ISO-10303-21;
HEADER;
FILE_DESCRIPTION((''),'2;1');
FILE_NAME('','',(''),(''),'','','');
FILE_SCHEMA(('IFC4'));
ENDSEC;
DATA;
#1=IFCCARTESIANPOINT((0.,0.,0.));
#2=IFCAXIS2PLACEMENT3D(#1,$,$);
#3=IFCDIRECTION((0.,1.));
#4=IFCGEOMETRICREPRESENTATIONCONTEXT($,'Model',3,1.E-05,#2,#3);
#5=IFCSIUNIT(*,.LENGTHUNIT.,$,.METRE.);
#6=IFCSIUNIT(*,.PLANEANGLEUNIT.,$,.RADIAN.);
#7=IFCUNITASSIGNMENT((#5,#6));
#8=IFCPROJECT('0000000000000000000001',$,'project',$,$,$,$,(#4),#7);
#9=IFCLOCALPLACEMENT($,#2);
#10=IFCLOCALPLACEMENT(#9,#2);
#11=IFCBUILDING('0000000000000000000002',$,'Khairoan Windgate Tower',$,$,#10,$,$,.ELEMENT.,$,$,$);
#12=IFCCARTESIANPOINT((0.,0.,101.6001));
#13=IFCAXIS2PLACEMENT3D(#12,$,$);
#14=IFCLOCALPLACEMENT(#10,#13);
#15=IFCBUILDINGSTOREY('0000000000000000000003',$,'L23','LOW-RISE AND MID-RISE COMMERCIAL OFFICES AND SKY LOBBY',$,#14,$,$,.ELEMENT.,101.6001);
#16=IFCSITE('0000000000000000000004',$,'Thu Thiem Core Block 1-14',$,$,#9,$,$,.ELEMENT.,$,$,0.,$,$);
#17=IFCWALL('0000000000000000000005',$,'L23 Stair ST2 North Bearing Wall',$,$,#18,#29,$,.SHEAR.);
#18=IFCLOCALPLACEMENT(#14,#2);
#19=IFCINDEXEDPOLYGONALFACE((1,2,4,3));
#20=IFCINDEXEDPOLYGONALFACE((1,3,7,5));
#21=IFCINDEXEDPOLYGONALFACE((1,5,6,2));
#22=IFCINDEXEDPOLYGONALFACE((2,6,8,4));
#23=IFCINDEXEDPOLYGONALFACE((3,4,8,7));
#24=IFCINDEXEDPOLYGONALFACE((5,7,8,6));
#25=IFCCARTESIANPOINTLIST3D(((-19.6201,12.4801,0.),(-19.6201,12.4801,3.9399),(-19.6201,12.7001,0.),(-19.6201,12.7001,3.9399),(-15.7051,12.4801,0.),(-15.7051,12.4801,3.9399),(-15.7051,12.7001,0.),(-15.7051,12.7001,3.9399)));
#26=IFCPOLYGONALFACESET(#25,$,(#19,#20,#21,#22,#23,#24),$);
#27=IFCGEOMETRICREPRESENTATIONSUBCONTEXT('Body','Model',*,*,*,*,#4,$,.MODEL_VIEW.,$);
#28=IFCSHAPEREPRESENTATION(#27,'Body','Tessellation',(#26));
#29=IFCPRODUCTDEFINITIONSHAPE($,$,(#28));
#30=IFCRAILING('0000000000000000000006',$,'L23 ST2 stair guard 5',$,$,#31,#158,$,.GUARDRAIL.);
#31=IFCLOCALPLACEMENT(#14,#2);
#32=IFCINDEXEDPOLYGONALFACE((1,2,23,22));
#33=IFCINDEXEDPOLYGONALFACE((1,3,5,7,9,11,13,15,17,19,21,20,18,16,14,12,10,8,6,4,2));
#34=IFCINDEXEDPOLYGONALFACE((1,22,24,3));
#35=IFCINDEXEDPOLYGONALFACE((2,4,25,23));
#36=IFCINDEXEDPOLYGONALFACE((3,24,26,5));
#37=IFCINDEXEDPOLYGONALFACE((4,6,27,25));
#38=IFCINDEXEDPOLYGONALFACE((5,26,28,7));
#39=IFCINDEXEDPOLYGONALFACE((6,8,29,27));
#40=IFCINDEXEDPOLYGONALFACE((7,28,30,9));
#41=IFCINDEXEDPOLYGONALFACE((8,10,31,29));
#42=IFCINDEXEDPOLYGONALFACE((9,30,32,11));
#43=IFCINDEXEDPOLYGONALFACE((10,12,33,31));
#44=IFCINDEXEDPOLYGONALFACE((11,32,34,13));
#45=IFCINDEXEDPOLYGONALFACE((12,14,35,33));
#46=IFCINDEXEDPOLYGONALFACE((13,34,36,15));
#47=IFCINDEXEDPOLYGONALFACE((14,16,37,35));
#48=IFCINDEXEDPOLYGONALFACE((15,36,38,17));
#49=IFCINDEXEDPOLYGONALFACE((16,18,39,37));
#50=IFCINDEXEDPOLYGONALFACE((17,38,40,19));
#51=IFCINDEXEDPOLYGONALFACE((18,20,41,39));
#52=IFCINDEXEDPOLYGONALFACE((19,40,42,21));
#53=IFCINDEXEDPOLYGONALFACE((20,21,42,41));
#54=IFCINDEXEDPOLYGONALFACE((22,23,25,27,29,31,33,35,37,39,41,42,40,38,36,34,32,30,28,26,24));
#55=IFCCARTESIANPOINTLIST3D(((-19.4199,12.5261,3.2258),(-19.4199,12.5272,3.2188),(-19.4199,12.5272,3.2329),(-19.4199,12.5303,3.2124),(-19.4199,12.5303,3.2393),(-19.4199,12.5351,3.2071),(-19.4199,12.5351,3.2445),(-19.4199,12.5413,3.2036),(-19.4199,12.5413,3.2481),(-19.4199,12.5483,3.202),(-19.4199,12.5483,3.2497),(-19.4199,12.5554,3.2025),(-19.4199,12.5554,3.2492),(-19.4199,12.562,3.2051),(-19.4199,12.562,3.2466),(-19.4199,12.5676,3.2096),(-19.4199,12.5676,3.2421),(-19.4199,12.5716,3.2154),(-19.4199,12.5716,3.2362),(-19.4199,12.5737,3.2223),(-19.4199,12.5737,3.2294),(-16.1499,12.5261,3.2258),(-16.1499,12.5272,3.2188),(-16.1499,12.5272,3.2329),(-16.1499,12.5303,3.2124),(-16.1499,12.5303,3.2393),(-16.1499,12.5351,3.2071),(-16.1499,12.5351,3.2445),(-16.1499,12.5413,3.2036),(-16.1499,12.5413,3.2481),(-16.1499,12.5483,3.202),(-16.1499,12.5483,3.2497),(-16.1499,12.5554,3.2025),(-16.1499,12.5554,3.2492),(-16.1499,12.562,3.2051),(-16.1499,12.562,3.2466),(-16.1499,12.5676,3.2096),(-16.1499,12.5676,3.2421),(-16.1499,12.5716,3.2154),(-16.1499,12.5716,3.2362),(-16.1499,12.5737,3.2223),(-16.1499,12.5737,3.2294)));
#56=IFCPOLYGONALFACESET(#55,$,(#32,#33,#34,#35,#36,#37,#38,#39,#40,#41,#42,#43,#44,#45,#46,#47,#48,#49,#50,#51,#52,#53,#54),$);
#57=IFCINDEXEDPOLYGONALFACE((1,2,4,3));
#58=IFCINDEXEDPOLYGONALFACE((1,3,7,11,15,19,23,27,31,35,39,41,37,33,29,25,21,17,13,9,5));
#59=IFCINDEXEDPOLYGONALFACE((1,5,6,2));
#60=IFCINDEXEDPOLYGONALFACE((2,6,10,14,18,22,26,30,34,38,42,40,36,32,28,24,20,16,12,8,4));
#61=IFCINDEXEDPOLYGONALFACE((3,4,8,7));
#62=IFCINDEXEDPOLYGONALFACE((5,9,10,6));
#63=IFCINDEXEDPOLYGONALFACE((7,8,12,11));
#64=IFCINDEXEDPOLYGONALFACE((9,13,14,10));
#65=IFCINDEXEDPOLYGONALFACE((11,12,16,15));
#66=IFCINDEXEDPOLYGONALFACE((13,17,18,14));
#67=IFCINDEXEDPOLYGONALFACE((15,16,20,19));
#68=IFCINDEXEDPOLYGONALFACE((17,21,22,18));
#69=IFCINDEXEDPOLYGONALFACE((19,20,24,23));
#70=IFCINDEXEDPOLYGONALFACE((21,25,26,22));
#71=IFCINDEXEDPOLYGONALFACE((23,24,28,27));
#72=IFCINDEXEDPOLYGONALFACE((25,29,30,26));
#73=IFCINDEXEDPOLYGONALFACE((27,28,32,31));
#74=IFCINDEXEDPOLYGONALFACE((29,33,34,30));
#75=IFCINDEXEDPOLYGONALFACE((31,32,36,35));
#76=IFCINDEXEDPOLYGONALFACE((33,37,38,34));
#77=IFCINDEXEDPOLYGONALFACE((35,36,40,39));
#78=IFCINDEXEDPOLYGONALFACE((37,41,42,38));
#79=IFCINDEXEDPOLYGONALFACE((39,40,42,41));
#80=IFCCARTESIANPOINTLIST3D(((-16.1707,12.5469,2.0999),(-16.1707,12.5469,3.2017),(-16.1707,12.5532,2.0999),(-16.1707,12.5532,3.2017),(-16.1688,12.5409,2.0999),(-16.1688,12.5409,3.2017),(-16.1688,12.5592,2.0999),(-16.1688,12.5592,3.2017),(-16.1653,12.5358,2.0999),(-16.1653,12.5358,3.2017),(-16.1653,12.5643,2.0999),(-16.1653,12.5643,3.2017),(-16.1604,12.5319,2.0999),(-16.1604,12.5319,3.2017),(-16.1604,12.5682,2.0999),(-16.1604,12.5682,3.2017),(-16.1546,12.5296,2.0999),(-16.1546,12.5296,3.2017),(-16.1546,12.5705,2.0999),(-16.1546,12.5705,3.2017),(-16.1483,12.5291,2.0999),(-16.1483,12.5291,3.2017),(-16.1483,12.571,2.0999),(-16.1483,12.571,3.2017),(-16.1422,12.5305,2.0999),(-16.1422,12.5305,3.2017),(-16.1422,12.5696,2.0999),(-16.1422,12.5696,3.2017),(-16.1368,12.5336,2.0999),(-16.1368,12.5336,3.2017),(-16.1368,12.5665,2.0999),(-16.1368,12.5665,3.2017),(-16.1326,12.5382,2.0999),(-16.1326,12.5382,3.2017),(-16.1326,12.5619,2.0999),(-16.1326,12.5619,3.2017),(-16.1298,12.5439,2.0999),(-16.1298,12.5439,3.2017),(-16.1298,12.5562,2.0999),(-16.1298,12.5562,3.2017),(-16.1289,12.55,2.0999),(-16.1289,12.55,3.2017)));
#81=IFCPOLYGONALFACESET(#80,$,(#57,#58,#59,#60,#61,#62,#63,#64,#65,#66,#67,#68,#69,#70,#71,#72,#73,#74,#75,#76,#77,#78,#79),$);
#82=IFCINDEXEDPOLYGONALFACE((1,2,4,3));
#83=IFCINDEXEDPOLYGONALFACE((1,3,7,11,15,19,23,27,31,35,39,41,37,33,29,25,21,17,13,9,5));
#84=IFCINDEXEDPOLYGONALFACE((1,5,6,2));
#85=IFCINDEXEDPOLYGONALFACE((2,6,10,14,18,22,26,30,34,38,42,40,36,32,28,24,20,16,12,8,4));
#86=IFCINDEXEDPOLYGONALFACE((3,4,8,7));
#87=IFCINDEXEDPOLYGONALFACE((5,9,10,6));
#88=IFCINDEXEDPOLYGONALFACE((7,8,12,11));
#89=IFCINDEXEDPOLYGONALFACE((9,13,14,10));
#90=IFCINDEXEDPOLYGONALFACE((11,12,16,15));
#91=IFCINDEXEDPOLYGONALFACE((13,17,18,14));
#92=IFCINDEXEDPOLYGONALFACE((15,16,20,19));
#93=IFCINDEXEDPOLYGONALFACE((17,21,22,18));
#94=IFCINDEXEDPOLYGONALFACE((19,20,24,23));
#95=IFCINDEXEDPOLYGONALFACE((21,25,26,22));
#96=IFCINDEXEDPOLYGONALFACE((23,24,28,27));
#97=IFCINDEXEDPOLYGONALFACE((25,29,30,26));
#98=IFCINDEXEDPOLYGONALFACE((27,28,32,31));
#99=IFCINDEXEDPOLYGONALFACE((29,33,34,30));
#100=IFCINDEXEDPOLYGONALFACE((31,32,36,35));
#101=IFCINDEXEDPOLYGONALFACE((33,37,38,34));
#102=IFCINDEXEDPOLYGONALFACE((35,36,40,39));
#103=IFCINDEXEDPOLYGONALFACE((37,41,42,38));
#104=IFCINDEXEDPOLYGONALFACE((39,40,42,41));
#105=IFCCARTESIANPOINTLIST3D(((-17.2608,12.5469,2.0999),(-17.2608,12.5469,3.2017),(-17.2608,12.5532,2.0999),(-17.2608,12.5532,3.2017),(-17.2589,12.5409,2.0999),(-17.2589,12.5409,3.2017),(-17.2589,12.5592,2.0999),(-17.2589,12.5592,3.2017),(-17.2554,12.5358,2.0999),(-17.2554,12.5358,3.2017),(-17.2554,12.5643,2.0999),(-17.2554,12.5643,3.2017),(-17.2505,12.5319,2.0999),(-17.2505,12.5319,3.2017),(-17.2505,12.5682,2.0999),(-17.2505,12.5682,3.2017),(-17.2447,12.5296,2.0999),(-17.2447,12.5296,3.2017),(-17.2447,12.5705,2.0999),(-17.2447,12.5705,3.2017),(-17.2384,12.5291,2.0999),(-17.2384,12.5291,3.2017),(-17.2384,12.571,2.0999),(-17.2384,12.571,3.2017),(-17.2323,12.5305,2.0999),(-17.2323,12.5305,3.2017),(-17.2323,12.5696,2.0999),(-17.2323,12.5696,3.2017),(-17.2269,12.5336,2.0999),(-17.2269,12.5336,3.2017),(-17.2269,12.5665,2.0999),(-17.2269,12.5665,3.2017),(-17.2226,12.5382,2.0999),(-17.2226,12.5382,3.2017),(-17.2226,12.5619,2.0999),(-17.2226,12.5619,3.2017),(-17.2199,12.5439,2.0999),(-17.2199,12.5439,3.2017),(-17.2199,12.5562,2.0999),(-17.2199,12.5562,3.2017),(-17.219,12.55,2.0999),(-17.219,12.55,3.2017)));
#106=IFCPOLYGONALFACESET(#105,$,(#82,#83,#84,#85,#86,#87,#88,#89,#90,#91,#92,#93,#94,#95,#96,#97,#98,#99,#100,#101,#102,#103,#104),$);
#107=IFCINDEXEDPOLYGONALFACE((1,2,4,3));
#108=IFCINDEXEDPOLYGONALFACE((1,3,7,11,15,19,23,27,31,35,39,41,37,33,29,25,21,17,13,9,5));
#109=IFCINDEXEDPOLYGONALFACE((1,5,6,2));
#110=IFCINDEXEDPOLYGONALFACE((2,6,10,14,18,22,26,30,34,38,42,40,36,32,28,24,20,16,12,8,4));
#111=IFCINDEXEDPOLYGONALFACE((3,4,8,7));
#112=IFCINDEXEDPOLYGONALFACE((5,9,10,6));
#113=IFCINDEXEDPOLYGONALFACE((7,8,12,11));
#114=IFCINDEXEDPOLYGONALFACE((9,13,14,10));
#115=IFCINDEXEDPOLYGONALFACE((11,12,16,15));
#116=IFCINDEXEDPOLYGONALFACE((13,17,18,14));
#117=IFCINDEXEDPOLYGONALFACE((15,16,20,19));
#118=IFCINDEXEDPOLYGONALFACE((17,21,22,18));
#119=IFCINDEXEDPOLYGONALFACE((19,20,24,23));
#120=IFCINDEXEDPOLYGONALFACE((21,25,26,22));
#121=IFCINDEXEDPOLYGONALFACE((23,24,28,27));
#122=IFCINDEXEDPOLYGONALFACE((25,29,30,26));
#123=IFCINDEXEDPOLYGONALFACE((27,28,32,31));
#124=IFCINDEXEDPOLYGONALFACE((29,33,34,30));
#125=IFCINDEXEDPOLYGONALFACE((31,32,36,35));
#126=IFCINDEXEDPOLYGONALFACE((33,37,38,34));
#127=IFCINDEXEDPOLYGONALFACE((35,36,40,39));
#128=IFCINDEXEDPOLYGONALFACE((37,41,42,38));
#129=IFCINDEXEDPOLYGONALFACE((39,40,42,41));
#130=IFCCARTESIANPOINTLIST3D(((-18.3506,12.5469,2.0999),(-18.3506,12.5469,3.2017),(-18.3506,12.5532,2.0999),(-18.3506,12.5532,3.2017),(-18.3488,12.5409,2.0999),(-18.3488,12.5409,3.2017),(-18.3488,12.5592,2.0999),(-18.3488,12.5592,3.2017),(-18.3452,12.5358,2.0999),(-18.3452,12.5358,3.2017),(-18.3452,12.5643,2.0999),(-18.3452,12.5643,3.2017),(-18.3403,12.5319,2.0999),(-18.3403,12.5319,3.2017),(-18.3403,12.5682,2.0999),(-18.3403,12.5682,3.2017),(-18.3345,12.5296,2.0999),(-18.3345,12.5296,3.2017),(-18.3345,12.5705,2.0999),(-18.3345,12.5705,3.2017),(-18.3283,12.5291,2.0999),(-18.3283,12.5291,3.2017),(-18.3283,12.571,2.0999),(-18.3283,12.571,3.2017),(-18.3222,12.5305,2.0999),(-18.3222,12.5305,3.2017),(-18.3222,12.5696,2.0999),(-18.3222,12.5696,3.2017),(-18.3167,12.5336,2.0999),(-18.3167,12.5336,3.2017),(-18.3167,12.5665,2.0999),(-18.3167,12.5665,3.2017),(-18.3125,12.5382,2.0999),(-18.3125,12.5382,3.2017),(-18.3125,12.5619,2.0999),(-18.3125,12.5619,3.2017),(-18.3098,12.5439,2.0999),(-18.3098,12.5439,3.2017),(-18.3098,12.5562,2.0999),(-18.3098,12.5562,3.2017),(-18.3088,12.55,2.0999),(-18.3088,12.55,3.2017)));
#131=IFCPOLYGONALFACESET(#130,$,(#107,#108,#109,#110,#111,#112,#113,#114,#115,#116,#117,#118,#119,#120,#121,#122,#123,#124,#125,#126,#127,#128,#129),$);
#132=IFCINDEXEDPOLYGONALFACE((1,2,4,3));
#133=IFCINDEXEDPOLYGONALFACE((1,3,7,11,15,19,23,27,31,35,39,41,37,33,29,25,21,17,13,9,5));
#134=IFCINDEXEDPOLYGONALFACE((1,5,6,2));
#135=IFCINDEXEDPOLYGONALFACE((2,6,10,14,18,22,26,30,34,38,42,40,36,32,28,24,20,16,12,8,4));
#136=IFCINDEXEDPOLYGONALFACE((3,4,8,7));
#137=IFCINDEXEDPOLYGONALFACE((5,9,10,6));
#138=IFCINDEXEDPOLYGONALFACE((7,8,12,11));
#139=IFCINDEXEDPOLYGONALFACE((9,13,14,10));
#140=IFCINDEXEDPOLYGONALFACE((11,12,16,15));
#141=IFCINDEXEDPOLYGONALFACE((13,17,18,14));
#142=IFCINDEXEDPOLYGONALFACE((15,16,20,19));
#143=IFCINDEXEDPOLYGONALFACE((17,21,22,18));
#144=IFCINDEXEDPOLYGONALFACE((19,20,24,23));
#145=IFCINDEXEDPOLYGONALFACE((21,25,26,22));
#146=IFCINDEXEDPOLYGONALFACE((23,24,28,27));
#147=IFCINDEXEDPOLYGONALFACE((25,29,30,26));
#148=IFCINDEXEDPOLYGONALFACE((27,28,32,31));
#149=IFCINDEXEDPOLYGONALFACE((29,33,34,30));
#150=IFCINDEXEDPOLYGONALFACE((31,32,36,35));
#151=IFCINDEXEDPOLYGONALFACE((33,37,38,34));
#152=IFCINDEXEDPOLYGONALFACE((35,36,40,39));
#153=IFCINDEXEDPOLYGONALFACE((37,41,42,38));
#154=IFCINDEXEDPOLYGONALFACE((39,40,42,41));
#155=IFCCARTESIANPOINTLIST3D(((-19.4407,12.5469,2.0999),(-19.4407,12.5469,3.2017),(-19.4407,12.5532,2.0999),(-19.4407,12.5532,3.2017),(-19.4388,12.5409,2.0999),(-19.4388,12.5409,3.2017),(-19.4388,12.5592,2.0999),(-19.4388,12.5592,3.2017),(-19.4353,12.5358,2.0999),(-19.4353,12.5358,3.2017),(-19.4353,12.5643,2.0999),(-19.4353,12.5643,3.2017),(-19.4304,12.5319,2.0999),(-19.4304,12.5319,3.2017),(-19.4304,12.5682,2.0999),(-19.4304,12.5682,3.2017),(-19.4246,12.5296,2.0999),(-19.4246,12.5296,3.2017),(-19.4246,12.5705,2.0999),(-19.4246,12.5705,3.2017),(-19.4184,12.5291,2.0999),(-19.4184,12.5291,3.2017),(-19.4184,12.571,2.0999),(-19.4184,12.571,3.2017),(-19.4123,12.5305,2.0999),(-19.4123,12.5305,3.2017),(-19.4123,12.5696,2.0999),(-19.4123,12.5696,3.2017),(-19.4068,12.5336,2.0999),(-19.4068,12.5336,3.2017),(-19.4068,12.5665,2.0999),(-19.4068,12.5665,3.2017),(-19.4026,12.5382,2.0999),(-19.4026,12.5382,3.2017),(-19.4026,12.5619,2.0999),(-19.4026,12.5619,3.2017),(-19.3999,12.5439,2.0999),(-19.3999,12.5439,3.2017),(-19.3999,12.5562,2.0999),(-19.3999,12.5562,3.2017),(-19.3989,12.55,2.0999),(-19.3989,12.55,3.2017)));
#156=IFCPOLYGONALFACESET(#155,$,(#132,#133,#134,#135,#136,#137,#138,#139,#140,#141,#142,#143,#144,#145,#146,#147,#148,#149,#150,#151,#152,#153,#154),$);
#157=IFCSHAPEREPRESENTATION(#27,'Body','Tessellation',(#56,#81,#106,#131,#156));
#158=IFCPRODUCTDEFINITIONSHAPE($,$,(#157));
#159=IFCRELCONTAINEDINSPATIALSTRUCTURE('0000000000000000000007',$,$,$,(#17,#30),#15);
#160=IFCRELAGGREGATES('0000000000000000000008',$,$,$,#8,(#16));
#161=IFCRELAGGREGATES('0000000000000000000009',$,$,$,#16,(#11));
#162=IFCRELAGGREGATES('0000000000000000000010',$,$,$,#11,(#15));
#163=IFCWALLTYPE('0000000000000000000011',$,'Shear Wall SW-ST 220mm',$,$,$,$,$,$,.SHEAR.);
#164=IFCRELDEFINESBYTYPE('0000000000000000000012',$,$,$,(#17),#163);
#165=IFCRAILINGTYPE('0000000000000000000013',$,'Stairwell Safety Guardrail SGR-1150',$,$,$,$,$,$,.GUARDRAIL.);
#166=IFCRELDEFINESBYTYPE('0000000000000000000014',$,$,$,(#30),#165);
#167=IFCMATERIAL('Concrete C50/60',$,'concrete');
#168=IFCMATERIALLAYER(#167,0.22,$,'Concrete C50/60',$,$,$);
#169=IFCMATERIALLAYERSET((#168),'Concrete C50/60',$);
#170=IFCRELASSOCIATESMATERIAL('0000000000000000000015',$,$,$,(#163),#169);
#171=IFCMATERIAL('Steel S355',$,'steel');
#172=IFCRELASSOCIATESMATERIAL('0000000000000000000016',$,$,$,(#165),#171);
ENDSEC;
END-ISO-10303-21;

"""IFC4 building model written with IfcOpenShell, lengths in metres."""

from ifc_helpers import new_model, si_unit, direction, frame, frame_2d, origin, origin_2d, place, context, subcontext, project, spatial, rectangle, circle, extrude, material, layer, layer_set, type_object, element, save


model = new_model("IFC4")

# Units and contexts
model_context = context("Model", 3, precision=1e-05, world=origin(), true_north=direction((0.0, 1.0)))
body_context = subcontext(model_context, "Body", "Model", "MODEL_VIEW")
ifc_project = project(units=[si_unit("LENGTHUNIT", "METRE"), si_unit("PLANEANGLEUNIT", "RADIAN")], contexts=[model_context])

# Site, building, storey
site_placement = place(None, origin())
site = spatial("IfcSite", under=ifc_project, at=site_placement, Name="Thu Thiem Core Block 1-14", CompositionType="ELEMENT", RefElevation=0.0)
building_placement = place(site_placement, origin())
building = spatial("IfcBuilding", under=site, at=building_placement, Name="Khairoan Windgate Tower", CompositionType="ELEMENT")
storey_placement = place(building_placement, frame((0.0, 0.0, 101.6001)))
storey = spatial("IfcBuildingStorey", under=building, at=storey_placement, Name="L23", Description="LOW-RISE AND MID-RISE COMMERCIAL OFFICES AND SKY LOBBY", CompositionType="ELEMENT", Elevation=101.6001)

# Wall
ifc_material_1 = material(Name="Concrete C50/60", Category="concrete")
ifc_layer_1 = layer(ifc_material_1, 0.22, Name="Concrete C50/60")
ifc_layer_set_1 = layer_set([ifc_layer_1], Name="Concrete C50/60")
wall_type_1 = type_object("IfcWallType", Name="Shear Wall SW-ST 220mm", PredefinedType="SHEAR", material=ifc_layer_set_1)
wall_1_placement = place(storey_placement, frame((-19.6201, 12.5901, 0.0), z_axis=(0.0, 0.0, 1.0), x_axis=(1.0, 0.0, 0.0)))
element("IfcWall", 1, at=wall_1_placement, inside=storey, type_object=wall_type_1, Name="L23 Stair ST2 North Bearing Wall", PredefinedType="SHEAR", context=body_context, shape_type="SweptSolid", body=[
    extrude(rectangle(XDim=3.915, YDim=0.22, at=frame_2d((1.9575, 0.0))), origin(), (0.0, 0.0, 1.0), 3.9399),
])

# Railing
ifc_material_2 = material(Name="Steel S355", Category="steel")
railing_type = type_object("IfcRailingType", Name="Stairwell Safety Guardrail SGR-1150", PredefinedType="GUARDRAIL", material=ifc_material_2)
railing_1_placement = place(storey_placement, frame((-16.1499, 12.55, 2.0999)))
element("IfcRailing", 2, at=railing_1_placement, inside=storey, type_object=railing_type, Name="L23 ST2 stair guard 5", PredefinedType="GUARDRAIL", context=body_context, shape_type="SweptSolid", body=[
    extrude(circle(Radius=0.0239, at=origin_2d()), frame((0.0, 0.0, 1.126), z_axis=(-1.0, 0.0, 0.0), x_axis=(0.0, -1.0, 0.0)), (0.0, 0.0, 1.0), 3.27),
    extrude(circle(Radius=0.021, at=origin_2d()), origin(), (0.0, 0.0, 1.0), 1.1018),
    extrude(circle(Radius=0.021, at=origin_2d()), frame((-1.0901, 0.0, 0.0)), (0.0, 0.0, 1.0), 1.1018),
    extrude(circle(Radius=0.021, at=origin_2d()), frame((-2.1799, 0.0, 0.0)), (0.0, 0.0, 1.0), 1.1018),
    extrude(circle(Radius=0.021, at=origin_2d()), frame((-3.27, 0.0, 0.0)), (0.0, 0.0, 1.0), 1.1018),
])

save(model, "model.ifc")
